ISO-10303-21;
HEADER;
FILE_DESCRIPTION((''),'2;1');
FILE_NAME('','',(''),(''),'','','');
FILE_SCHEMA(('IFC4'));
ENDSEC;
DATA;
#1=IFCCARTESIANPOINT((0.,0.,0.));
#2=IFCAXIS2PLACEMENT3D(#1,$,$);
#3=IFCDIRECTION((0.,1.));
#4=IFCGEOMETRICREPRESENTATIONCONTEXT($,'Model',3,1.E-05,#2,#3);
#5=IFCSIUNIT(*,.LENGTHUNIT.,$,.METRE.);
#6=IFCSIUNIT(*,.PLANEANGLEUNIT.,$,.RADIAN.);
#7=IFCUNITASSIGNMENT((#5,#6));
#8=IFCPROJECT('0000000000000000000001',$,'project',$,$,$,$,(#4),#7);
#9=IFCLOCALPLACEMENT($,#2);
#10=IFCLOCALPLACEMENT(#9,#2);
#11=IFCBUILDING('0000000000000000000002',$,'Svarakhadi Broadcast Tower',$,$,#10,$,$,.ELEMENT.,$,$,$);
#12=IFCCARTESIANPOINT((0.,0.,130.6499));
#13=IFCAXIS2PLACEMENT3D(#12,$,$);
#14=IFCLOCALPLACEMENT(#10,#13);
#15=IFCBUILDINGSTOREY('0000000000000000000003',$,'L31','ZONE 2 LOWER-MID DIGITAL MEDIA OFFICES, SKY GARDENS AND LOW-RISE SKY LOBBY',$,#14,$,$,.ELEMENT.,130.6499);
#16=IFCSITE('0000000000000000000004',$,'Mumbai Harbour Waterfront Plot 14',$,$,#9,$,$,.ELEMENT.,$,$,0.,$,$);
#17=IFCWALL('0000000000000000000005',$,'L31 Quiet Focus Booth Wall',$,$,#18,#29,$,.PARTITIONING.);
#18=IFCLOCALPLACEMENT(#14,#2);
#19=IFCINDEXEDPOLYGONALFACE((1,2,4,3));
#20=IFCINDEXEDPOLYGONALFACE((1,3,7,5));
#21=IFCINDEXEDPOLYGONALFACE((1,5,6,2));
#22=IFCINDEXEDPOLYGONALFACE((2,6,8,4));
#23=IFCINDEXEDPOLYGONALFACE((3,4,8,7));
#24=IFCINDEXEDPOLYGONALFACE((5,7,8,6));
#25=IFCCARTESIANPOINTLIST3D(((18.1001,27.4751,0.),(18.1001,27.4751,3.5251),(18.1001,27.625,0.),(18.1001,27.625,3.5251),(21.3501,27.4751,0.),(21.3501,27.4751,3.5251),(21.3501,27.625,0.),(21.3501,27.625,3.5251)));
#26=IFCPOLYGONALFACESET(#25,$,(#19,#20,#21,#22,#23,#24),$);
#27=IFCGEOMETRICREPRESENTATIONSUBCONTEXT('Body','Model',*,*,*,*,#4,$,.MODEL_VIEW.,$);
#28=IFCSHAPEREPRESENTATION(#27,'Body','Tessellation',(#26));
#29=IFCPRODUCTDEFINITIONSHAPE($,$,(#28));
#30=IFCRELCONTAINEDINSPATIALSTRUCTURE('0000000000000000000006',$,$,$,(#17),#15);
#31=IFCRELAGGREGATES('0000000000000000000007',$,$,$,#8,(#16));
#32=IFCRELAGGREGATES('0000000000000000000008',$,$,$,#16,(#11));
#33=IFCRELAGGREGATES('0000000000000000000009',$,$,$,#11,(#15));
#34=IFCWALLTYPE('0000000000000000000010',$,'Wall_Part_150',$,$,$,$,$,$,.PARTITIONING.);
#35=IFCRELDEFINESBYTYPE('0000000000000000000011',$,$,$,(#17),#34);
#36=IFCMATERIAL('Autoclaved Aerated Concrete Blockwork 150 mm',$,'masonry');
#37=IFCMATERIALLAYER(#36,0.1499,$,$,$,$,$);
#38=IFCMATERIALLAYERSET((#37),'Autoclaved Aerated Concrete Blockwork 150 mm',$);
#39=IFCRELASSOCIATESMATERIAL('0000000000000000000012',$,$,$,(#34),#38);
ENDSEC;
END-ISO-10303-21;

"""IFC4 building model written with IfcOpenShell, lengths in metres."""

from ifc_helpers import new_model, si_unit, direction, frame, frame_2d, origin, place, context, subcontext, project, spatial, rectangle, extrude, material, layer, layer_set, type_object, element, save


model = new_model("IFC4")

# Units and contexts
model_context = context("Model", 3, precision=1e-05, world=origin(), true_north=direction((0.0, 1.0)))
body_context = subcontext(model_context, "Body", "Model", "MODEL_VIEW")
ifc_project = project(units=[si_unit("LENGTHUNIT", "METRE"), si_unit("PLANEANGLEUNIT", "RADIAN")], contexts=[model_context])

# Site, building, storey
site_placement = place(None, origin())
site = spatial("IfcSite", under=ifc_project, at=site_placement, Name="Mumbai Harbour Waterfront Plot 14", CompositionType="ELEMENT", RefElevation=0.0)
building_placement = place(site_placement, origin())
building = spatial("IfcBuilding", under=site, at=building_placement, Name="Svarakhadi Broadcast Tower", CompositionType="ELEMENT")
storey_placement = place(building_placement, frame((0.0, 0.0, 130.6499)))
storey = spatial("IfcBuildingStorey", under=building, at=storey_placement, Name="L31", Description="ZONE 2 LOWER-MID DIGITAL MEDIA OFFICES, SKY GARDENS AND LOW-RISE SKY LOBBY", CompositionType="ELEMENT", Elevation=130.6499)

# Shared definitions
ifc_material_1 = material(Name="Autoclaved Aerated Concrete Blockwork 150 mm", Category="masonry")
ifc_layer_1 = layer(ifc_material_1, 0.1499)
ifc_layer_set_1 = layer_set([ifc_layer_1], Name="Autoclaved Aerated Concrete Blockwork 150 mm")
wall_type_1 = type_object("IfcWallType", Name="Wall_Part_150", PredefinedType="PARTITIONING", material=ifc_layer_set_1)

# Wall
for number, where, z_axis, x_axis, name in (
    (1, (18.1001, 27.55, 0.0), (0.0, 0.0, 1.0), (1.0, 0.0, 0.0), "L31 Quiet Focus Booth Wall"),
):
    element("IfcWall", number, at=place(storey_placement, frame(where, z_axis=z_axis, x_axis=x_axis)), inside=storey, type_object=wall_type_1, Name=name, PredefinedType="PARTITIONING", context=body_context, shape_type="SweptSolid", body=[
        extrude(rectangle(XDim=3.25, YDim=0.1499, at=frame_2d((1.625, 0.0))), origin(), (0.0, 0.0, 1.0), 3.5251),
    ])

save(model, "model.ifc")
